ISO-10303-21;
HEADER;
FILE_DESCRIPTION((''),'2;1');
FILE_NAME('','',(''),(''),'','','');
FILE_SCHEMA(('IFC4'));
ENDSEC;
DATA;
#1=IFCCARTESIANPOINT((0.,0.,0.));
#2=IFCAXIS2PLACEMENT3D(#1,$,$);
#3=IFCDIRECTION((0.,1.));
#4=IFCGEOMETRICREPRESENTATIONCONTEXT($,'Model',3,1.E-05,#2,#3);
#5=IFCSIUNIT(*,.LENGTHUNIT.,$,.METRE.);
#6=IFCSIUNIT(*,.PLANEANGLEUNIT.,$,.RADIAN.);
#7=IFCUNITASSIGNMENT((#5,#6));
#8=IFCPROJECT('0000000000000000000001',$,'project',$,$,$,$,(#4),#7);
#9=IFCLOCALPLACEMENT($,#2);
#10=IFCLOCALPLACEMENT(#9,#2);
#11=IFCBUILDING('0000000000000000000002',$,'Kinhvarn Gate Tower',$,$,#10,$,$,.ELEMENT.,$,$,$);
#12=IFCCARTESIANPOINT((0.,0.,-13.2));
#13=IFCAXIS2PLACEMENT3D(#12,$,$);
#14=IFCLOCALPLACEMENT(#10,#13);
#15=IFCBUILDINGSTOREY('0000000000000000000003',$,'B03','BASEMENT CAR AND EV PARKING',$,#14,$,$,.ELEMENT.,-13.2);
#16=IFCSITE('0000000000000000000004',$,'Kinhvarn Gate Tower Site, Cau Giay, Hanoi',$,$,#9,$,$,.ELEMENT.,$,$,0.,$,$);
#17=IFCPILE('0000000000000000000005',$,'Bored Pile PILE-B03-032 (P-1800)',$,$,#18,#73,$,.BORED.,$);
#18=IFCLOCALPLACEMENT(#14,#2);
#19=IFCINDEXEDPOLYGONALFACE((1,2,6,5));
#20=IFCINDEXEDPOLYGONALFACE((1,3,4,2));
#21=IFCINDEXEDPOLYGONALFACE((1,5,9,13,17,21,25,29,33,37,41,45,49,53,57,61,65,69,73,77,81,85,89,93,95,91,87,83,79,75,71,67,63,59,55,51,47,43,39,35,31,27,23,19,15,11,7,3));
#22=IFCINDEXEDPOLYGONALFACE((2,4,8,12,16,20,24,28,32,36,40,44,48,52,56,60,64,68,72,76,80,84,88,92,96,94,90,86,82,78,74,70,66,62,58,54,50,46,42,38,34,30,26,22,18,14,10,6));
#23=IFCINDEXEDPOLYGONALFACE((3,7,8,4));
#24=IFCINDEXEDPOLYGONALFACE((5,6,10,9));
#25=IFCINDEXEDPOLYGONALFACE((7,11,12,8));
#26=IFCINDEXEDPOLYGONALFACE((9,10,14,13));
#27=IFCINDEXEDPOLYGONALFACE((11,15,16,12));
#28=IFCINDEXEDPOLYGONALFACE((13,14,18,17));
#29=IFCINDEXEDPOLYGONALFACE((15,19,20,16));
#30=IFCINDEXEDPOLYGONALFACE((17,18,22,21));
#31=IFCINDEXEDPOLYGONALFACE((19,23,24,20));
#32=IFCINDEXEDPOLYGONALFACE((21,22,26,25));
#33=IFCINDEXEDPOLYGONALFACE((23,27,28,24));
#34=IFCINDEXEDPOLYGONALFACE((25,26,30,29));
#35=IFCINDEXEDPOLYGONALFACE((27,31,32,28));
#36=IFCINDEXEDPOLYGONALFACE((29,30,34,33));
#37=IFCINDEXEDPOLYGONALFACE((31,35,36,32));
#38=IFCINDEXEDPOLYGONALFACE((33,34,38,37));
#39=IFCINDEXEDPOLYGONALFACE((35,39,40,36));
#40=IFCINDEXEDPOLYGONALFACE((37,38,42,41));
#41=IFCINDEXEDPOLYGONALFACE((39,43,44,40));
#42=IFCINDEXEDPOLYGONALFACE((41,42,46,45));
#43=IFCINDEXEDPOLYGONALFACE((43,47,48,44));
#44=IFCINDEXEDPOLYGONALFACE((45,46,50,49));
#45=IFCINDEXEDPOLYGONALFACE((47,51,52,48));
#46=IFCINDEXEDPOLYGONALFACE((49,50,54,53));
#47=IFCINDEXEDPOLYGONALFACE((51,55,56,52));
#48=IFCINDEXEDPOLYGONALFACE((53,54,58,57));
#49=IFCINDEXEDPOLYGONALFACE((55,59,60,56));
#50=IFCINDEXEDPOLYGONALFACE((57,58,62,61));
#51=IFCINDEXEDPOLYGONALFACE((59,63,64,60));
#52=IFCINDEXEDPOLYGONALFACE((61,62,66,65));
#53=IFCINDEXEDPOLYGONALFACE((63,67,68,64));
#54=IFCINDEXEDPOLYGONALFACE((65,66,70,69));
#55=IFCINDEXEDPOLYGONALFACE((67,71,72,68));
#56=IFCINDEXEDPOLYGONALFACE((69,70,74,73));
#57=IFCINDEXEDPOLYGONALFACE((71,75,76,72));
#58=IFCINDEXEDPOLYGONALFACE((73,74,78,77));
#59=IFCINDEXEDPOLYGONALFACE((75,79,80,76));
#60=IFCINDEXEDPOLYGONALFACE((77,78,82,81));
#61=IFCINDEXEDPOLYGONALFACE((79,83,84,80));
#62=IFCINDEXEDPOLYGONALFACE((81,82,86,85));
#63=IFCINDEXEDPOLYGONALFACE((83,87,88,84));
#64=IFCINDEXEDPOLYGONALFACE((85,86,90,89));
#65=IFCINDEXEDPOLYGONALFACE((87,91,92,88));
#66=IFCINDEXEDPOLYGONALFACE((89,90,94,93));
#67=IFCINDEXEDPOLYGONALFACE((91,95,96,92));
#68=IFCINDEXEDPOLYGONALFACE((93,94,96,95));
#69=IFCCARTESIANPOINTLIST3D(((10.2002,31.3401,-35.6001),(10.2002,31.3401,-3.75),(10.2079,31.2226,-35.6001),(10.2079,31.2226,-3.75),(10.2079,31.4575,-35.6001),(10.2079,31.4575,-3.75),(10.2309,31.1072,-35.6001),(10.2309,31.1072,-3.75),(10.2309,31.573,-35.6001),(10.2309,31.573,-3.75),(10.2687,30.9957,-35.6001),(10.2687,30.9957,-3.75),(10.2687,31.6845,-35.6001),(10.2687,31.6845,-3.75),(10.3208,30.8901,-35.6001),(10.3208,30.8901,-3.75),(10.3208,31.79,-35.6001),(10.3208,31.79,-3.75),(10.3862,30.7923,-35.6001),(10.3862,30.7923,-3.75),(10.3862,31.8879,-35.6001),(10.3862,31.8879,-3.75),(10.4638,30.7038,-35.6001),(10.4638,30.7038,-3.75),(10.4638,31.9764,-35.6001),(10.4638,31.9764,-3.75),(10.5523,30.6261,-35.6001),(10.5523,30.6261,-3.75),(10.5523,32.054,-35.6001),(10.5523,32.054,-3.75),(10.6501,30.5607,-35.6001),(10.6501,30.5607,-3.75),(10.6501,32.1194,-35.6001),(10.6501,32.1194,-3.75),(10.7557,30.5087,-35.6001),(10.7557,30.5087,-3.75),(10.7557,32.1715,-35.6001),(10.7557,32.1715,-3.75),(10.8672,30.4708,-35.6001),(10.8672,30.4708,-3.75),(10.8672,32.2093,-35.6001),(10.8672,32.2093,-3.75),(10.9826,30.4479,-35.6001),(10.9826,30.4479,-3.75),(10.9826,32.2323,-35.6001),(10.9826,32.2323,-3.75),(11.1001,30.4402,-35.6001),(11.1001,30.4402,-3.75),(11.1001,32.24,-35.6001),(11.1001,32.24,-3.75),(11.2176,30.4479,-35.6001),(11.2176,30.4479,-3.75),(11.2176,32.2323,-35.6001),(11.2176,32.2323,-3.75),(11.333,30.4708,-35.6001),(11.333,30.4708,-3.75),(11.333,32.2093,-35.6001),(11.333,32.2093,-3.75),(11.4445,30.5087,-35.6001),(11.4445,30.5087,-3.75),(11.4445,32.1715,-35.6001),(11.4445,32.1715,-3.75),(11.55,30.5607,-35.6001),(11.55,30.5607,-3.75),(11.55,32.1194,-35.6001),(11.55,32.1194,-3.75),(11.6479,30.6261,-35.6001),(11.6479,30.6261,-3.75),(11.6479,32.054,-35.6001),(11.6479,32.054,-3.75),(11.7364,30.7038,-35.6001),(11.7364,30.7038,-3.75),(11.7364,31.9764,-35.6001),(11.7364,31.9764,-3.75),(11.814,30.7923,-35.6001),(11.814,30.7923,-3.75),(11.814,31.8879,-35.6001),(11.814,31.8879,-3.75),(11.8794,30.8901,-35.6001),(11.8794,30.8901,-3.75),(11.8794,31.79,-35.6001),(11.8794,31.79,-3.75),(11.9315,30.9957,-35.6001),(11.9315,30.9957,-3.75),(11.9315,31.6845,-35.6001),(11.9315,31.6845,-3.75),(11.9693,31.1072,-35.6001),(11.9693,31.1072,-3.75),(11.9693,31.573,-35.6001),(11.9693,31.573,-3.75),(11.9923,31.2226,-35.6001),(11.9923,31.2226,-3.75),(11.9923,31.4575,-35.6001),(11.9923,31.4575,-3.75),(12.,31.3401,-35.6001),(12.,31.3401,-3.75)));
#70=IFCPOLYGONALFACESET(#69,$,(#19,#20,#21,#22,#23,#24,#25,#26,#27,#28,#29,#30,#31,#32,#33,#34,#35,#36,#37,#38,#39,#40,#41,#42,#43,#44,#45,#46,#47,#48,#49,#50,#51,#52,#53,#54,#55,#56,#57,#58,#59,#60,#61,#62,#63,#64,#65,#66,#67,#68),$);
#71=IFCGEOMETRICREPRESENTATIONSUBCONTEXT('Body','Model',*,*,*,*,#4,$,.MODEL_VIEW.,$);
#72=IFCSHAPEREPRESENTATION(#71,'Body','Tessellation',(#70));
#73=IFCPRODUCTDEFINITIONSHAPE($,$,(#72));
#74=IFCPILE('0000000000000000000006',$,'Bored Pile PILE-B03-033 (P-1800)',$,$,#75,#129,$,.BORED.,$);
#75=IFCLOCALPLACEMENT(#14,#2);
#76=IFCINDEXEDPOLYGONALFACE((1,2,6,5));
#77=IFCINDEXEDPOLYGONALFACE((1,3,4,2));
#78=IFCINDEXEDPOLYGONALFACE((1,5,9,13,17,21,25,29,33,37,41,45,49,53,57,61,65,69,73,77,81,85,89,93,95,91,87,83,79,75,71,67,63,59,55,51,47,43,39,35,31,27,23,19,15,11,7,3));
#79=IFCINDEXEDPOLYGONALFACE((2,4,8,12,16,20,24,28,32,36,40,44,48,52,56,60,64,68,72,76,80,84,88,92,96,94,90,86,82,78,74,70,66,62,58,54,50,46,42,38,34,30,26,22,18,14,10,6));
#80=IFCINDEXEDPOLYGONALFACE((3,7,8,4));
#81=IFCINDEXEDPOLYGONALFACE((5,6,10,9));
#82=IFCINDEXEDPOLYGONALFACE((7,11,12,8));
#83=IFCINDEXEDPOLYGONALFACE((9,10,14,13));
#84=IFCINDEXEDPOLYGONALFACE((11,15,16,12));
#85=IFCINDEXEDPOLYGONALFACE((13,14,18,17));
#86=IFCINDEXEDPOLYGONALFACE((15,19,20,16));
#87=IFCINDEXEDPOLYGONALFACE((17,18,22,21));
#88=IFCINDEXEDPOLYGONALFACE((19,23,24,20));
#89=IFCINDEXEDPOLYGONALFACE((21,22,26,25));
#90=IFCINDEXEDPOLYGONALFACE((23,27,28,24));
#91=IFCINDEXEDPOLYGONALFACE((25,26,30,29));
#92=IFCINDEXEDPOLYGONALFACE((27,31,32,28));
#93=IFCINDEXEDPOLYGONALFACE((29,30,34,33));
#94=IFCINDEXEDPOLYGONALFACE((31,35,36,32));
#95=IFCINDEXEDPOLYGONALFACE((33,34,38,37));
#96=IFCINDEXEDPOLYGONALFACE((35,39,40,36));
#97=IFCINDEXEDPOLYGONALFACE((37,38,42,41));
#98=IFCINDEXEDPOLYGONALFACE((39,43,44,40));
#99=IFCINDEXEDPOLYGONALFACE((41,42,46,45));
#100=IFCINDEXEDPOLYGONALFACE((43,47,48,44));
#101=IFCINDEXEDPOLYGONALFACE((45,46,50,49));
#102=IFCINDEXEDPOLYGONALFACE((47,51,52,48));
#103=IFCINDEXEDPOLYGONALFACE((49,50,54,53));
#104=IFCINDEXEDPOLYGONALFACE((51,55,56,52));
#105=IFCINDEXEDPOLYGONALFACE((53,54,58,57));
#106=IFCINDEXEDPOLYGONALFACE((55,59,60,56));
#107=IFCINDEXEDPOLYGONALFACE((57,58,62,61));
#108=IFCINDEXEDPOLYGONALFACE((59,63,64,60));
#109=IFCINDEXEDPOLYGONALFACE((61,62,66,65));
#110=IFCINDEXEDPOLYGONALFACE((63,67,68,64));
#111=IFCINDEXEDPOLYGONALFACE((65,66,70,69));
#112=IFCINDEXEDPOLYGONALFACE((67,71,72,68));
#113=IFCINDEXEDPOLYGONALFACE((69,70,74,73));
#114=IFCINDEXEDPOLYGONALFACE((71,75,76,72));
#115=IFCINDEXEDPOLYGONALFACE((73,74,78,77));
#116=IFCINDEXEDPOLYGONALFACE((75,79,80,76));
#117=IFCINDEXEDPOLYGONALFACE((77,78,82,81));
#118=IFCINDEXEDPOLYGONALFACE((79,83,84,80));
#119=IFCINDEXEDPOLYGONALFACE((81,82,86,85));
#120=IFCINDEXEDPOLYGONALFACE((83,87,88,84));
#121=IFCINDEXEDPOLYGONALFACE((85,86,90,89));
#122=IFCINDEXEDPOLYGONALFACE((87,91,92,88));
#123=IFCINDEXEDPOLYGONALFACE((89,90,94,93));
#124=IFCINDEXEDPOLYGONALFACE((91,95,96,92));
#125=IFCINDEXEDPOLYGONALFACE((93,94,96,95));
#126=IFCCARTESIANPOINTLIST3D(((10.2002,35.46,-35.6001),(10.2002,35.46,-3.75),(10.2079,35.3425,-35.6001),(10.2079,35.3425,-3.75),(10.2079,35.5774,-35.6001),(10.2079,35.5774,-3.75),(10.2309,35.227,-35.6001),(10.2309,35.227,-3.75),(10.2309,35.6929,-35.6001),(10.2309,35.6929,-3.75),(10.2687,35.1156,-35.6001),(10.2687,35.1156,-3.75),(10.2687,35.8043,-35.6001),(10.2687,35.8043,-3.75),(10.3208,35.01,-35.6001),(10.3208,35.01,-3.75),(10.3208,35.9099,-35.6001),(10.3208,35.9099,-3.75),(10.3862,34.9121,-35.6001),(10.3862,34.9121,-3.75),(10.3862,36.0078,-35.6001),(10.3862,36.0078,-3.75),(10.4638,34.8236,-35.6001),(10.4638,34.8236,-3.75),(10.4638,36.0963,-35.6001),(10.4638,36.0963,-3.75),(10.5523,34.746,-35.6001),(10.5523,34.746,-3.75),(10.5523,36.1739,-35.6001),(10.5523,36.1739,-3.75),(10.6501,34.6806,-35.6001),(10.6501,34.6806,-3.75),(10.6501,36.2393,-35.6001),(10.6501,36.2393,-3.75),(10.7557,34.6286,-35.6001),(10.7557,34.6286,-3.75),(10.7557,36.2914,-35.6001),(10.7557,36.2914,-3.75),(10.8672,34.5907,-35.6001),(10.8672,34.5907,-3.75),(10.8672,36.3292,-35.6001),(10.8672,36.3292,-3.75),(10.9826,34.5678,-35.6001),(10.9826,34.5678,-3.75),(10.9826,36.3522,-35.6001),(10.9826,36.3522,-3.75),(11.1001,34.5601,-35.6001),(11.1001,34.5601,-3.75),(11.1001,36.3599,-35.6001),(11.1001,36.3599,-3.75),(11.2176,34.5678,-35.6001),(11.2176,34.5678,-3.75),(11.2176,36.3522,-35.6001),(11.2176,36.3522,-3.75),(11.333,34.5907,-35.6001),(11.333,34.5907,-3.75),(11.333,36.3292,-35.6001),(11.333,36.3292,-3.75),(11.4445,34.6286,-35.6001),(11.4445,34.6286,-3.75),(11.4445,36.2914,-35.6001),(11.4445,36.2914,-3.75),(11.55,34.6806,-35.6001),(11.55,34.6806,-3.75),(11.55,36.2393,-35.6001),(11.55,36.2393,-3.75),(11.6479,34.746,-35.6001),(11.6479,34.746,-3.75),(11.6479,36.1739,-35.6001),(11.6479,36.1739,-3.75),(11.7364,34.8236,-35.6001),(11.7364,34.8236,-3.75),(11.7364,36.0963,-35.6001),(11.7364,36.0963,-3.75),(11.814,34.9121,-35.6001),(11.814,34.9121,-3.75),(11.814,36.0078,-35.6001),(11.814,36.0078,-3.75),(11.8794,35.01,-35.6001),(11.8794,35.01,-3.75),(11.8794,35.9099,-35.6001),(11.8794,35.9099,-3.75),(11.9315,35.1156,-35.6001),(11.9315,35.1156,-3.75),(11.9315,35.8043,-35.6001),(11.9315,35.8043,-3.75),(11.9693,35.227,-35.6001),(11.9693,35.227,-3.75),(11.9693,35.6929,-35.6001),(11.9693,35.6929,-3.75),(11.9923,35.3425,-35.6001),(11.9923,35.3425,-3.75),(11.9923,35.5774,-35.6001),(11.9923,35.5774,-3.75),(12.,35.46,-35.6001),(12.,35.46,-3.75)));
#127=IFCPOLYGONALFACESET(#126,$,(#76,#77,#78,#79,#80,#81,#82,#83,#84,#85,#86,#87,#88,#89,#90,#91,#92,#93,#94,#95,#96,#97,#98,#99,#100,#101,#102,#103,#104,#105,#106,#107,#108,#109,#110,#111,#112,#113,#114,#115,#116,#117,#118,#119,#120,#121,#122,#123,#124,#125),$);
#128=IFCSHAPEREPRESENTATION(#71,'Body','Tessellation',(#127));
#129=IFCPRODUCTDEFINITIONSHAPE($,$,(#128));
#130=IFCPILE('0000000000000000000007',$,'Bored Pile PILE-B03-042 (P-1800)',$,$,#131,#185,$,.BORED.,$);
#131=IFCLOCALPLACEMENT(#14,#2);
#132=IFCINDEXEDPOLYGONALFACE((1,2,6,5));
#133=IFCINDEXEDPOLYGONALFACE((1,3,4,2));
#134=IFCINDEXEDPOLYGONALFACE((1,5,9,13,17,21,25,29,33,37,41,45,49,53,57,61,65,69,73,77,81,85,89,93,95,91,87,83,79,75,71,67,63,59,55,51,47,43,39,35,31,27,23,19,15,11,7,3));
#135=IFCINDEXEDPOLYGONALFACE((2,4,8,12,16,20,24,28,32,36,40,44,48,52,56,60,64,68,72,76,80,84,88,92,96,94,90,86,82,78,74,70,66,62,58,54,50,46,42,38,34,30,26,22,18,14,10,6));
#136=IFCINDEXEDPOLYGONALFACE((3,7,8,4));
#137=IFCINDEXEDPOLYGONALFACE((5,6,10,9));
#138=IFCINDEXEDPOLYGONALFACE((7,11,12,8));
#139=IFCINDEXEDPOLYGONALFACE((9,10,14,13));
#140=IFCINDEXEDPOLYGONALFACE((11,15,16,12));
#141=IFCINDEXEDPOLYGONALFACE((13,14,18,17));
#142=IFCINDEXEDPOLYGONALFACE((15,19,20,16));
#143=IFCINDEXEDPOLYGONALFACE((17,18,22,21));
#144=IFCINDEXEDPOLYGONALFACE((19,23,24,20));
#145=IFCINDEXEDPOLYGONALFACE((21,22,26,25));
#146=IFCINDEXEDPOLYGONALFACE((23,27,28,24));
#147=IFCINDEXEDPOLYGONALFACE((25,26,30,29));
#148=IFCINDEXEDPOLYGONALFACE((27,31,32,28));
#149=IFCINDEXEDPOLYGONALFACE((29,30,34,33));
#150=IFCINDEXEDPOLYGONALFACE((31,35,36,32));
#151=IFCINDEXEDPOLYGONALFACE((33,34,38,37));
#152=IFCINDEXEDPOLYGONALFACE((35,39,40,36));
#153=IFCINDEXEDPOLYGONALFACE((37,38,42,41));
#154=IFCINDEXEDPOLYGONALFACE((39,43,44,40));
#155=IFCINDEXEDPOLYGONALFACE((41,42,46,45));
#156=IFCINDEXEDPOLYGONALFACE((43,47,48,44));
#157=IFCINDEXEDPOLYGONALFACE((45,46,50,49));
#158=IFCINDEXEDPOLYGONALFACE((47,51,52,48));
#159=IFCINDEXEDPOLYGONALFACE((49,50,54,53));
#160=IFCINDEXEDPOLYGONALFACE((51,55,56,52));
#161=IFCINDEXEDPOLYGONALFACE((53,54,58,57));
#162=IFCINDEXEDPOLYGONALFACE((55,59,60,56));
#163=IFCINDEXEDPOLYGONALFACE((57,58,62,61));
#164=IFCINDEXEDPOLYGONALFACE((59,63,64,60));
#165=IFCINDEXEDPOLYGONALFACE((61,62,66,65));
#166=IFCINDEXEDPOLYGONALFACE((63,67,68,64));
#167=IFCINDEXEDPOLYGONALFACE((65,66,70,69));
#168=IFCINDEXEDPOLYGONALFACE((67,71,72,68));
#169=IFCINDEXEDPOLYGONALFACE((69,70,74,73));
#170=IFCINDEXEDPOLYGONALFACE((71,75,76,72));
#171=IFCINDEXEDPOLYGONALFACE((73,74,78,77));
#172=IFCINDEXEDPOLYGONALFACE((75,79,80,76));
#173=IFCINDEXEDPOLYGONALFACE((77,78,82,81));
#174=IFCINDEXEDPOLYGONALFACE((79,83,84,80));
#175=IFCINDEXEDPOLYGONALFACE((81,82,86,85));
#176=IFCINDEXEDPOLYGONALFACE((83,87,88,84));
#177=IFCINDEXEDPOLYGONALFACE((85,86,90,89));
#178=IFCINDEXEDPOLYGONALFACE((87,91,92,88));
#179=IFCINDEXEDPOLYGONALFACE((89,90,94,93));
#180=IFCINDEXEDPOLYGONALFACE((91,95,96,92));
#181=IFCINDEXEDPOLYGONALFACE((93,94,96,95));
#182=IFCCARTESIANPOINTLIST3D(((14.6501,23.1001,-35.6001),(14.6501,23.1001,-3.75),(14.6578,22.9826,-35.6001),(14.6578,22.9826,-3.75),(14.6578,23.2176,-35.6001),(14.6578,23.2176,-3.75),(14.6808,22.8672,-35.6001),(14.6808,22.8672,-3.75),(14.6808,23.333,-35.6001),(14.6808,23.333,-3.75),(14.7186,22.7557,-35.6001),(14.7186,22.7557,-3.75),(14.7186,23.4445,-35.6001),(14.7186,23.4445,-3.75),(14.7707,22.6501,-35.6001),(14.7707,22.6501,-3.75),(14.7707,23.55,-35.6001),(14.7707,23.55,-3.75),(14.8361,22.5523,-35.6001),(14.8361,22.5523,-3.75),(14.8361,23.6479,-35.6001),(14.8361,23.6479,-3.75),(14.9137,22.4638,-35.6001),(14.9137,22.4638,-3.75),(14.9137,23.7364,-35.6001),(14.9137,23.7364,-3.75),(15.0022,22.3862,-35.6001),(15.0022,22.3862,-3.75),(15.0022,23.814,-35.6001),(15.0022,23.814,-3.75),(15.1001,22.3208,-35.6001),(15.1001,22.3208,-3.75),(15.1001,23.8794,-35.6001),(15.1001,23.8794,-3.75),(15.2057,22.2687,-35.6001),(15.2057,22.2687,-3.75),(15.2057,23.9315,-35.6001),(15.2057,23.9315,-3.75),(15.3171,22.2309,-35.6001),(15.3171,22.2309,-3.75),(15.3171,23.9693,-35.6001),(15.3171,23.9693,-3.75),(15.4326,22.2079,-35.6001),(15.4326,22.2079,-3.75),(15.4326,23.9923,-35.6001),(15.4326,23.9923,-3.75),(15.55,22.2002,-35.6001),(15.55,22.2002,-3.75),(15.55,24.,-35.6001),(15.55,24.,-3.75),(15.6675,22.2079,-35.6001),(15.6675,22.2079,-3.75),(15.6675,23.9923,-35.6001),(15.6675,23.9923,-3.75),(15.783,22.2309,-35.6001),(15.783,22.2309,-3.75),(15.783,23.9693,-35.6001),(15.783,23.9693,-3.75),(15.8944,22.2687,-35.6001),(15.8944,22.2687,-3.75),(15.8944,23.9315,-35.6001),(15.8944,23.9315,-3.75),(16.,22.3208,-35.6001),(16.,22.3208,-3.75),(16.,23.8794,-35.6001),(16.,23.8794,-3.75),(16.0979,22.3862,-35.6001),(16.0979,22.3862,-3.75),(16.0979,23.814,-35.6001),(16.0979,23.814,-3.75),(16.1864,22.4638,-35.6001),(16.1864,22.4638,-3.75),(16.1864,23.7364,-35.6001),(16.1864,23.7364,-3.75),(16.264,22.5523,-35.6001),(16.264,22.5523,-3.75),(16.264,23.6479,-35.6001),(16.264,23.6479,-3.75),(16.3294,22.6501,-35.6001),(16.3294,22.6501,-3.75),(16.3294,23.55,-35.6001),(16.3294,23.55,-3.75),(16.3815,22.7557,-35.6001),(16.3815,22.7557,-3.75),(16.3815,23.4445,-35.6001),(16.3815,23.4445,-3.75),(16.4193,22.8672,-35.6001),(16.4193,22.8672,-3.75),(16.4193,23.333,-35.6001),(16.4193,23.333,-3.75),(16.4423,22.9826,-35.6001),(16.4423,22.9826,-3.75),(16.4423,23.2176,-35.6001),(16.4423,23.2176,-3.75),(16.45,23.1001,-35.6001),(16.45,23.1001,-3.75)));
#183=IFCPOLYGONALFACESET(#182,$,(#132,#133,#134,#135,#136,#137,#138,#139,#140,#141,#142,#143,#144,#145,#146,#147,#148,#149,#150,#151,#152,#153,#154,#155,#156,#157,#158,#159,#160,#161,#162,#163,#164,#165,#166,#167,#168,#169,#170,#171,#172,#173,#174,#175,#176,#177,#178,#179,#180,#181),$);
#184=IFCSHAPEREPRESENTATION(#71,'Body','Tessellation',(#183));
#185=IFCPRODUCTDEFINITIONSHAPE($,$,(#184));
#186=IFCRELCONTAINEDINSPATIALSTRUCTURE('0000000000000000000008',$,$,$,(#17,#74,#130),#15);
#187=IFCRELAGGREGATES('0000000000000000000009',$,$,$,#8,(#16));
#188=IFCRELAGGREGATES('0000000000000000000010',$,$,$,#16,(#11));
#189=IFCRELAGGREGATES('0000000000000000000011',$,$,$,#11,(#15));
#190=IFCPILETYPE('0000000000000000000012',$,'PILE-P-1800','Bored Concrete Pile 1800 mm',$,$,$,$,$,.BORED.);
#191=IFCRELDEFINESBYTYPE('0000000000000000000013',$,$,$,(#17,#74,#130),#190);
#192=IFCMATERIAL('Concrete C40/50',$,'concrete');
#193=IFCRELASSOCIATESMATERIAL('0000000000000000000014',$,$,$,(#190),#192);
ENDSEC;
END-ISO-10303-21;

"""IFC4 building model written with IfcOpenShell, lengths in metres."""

from ifc_helpers import new_model, si_unit, direction, frame, origin, origin_2d, place, context, subcontext, project, spatial, circle, extrude, material, material_profile, profile_set, type_object, element, save


model = new_model("IFC4")

# Units and contexts
model_context = context("Model", 3, precision=1e-05, world=origin(), true_north=direction((0.0, 1.0)))
body_context = subcontext(model_context, "Body", "Model", "MODEL_VIEW")
ifc_project = project(units=[si_unit("LENGTHUNIT", "METRE"), si_unit("PLANEANGLEUNIT", "RADIAN")], contexts=[model_context])

# Site, building, storey
site_placement = place(None, origin())
site = spatial("IfcSite", under=ifc_project, at=site_placement, Name="Kinhvarn Gate Tower Site, Cau Giay, Hanoi", CompositionType="ELEMENT", RefElevation=0.0)
building_placement = place(site_placement, origin())
building = spatial("IfcBuilding", under=site, at=building_placement, Name="Kinhvarn Gate Tower", CompositionType="ELEMENT")
storey_placement = place(building_placement, frame((0.0, 0.0, -13.2)))
storey = spatial("IfcBuildingStorey", under=building, at=storey_placement, Name="B03", Description="BASEMENT CAR AND EV PARKING", CompositionType="ELEMENT", Elevation=-13.2)

# Piles
ifc_material = material(Name="Concrete C40/50", Category="concrete")
ifc_material_profile_1 = material_profile(ifc_material, circle(Radius=0.8999, at=origin_2d()), Name="PILE D1800")
ifc_profile_set_1 = profile_set([ifc_material_profile_1], Name="Concrete C40/50")
pile_type_1 = type_object("IfcPileType", Name="PILE-P-1800", Description="Bored Concrete Pile 1800 mm", PredefinedType="BORED", material=ifc_profile_set_1)
for number, where, z_axis, x_axis, name in (
    (1, (11.1001, 31.3401, -35.6001), (0.0, 0.0, 1.0), (1.0, 0.0, 0.0), "Bored Pile PILE-B03-032 (P-1800)"),
    (2, (11.1001, 35.46, -35.6001), (0.0, 0.0, 1.0), (1.0, 0.0, 0.0), "Bored Pile PILE-B03-033 (P-1800)"),
    (3, (15.55, 23.1001, -35.6001), (0.0, 0.0, 1.0), (1.0, 0.0, 0.0), "Bored Pile PILE-B03-042 (P-1800)"),
):
    element("IfcPile", number, at=place(storey_placement, frame(where, z_axis=z_axis, x_axis=x_axis)), inside=storey, type_object=pile_type_1, Name=name, PredefinedType="BORED", context=body_context, shape_type="SweptSolid", body=[
        extrude(circle(Radius=0.8999, at=origin_2d()), origin(), (0.0, 0.0, 1.0), 31.8501),
    ])

save(model, "model.ifc")
